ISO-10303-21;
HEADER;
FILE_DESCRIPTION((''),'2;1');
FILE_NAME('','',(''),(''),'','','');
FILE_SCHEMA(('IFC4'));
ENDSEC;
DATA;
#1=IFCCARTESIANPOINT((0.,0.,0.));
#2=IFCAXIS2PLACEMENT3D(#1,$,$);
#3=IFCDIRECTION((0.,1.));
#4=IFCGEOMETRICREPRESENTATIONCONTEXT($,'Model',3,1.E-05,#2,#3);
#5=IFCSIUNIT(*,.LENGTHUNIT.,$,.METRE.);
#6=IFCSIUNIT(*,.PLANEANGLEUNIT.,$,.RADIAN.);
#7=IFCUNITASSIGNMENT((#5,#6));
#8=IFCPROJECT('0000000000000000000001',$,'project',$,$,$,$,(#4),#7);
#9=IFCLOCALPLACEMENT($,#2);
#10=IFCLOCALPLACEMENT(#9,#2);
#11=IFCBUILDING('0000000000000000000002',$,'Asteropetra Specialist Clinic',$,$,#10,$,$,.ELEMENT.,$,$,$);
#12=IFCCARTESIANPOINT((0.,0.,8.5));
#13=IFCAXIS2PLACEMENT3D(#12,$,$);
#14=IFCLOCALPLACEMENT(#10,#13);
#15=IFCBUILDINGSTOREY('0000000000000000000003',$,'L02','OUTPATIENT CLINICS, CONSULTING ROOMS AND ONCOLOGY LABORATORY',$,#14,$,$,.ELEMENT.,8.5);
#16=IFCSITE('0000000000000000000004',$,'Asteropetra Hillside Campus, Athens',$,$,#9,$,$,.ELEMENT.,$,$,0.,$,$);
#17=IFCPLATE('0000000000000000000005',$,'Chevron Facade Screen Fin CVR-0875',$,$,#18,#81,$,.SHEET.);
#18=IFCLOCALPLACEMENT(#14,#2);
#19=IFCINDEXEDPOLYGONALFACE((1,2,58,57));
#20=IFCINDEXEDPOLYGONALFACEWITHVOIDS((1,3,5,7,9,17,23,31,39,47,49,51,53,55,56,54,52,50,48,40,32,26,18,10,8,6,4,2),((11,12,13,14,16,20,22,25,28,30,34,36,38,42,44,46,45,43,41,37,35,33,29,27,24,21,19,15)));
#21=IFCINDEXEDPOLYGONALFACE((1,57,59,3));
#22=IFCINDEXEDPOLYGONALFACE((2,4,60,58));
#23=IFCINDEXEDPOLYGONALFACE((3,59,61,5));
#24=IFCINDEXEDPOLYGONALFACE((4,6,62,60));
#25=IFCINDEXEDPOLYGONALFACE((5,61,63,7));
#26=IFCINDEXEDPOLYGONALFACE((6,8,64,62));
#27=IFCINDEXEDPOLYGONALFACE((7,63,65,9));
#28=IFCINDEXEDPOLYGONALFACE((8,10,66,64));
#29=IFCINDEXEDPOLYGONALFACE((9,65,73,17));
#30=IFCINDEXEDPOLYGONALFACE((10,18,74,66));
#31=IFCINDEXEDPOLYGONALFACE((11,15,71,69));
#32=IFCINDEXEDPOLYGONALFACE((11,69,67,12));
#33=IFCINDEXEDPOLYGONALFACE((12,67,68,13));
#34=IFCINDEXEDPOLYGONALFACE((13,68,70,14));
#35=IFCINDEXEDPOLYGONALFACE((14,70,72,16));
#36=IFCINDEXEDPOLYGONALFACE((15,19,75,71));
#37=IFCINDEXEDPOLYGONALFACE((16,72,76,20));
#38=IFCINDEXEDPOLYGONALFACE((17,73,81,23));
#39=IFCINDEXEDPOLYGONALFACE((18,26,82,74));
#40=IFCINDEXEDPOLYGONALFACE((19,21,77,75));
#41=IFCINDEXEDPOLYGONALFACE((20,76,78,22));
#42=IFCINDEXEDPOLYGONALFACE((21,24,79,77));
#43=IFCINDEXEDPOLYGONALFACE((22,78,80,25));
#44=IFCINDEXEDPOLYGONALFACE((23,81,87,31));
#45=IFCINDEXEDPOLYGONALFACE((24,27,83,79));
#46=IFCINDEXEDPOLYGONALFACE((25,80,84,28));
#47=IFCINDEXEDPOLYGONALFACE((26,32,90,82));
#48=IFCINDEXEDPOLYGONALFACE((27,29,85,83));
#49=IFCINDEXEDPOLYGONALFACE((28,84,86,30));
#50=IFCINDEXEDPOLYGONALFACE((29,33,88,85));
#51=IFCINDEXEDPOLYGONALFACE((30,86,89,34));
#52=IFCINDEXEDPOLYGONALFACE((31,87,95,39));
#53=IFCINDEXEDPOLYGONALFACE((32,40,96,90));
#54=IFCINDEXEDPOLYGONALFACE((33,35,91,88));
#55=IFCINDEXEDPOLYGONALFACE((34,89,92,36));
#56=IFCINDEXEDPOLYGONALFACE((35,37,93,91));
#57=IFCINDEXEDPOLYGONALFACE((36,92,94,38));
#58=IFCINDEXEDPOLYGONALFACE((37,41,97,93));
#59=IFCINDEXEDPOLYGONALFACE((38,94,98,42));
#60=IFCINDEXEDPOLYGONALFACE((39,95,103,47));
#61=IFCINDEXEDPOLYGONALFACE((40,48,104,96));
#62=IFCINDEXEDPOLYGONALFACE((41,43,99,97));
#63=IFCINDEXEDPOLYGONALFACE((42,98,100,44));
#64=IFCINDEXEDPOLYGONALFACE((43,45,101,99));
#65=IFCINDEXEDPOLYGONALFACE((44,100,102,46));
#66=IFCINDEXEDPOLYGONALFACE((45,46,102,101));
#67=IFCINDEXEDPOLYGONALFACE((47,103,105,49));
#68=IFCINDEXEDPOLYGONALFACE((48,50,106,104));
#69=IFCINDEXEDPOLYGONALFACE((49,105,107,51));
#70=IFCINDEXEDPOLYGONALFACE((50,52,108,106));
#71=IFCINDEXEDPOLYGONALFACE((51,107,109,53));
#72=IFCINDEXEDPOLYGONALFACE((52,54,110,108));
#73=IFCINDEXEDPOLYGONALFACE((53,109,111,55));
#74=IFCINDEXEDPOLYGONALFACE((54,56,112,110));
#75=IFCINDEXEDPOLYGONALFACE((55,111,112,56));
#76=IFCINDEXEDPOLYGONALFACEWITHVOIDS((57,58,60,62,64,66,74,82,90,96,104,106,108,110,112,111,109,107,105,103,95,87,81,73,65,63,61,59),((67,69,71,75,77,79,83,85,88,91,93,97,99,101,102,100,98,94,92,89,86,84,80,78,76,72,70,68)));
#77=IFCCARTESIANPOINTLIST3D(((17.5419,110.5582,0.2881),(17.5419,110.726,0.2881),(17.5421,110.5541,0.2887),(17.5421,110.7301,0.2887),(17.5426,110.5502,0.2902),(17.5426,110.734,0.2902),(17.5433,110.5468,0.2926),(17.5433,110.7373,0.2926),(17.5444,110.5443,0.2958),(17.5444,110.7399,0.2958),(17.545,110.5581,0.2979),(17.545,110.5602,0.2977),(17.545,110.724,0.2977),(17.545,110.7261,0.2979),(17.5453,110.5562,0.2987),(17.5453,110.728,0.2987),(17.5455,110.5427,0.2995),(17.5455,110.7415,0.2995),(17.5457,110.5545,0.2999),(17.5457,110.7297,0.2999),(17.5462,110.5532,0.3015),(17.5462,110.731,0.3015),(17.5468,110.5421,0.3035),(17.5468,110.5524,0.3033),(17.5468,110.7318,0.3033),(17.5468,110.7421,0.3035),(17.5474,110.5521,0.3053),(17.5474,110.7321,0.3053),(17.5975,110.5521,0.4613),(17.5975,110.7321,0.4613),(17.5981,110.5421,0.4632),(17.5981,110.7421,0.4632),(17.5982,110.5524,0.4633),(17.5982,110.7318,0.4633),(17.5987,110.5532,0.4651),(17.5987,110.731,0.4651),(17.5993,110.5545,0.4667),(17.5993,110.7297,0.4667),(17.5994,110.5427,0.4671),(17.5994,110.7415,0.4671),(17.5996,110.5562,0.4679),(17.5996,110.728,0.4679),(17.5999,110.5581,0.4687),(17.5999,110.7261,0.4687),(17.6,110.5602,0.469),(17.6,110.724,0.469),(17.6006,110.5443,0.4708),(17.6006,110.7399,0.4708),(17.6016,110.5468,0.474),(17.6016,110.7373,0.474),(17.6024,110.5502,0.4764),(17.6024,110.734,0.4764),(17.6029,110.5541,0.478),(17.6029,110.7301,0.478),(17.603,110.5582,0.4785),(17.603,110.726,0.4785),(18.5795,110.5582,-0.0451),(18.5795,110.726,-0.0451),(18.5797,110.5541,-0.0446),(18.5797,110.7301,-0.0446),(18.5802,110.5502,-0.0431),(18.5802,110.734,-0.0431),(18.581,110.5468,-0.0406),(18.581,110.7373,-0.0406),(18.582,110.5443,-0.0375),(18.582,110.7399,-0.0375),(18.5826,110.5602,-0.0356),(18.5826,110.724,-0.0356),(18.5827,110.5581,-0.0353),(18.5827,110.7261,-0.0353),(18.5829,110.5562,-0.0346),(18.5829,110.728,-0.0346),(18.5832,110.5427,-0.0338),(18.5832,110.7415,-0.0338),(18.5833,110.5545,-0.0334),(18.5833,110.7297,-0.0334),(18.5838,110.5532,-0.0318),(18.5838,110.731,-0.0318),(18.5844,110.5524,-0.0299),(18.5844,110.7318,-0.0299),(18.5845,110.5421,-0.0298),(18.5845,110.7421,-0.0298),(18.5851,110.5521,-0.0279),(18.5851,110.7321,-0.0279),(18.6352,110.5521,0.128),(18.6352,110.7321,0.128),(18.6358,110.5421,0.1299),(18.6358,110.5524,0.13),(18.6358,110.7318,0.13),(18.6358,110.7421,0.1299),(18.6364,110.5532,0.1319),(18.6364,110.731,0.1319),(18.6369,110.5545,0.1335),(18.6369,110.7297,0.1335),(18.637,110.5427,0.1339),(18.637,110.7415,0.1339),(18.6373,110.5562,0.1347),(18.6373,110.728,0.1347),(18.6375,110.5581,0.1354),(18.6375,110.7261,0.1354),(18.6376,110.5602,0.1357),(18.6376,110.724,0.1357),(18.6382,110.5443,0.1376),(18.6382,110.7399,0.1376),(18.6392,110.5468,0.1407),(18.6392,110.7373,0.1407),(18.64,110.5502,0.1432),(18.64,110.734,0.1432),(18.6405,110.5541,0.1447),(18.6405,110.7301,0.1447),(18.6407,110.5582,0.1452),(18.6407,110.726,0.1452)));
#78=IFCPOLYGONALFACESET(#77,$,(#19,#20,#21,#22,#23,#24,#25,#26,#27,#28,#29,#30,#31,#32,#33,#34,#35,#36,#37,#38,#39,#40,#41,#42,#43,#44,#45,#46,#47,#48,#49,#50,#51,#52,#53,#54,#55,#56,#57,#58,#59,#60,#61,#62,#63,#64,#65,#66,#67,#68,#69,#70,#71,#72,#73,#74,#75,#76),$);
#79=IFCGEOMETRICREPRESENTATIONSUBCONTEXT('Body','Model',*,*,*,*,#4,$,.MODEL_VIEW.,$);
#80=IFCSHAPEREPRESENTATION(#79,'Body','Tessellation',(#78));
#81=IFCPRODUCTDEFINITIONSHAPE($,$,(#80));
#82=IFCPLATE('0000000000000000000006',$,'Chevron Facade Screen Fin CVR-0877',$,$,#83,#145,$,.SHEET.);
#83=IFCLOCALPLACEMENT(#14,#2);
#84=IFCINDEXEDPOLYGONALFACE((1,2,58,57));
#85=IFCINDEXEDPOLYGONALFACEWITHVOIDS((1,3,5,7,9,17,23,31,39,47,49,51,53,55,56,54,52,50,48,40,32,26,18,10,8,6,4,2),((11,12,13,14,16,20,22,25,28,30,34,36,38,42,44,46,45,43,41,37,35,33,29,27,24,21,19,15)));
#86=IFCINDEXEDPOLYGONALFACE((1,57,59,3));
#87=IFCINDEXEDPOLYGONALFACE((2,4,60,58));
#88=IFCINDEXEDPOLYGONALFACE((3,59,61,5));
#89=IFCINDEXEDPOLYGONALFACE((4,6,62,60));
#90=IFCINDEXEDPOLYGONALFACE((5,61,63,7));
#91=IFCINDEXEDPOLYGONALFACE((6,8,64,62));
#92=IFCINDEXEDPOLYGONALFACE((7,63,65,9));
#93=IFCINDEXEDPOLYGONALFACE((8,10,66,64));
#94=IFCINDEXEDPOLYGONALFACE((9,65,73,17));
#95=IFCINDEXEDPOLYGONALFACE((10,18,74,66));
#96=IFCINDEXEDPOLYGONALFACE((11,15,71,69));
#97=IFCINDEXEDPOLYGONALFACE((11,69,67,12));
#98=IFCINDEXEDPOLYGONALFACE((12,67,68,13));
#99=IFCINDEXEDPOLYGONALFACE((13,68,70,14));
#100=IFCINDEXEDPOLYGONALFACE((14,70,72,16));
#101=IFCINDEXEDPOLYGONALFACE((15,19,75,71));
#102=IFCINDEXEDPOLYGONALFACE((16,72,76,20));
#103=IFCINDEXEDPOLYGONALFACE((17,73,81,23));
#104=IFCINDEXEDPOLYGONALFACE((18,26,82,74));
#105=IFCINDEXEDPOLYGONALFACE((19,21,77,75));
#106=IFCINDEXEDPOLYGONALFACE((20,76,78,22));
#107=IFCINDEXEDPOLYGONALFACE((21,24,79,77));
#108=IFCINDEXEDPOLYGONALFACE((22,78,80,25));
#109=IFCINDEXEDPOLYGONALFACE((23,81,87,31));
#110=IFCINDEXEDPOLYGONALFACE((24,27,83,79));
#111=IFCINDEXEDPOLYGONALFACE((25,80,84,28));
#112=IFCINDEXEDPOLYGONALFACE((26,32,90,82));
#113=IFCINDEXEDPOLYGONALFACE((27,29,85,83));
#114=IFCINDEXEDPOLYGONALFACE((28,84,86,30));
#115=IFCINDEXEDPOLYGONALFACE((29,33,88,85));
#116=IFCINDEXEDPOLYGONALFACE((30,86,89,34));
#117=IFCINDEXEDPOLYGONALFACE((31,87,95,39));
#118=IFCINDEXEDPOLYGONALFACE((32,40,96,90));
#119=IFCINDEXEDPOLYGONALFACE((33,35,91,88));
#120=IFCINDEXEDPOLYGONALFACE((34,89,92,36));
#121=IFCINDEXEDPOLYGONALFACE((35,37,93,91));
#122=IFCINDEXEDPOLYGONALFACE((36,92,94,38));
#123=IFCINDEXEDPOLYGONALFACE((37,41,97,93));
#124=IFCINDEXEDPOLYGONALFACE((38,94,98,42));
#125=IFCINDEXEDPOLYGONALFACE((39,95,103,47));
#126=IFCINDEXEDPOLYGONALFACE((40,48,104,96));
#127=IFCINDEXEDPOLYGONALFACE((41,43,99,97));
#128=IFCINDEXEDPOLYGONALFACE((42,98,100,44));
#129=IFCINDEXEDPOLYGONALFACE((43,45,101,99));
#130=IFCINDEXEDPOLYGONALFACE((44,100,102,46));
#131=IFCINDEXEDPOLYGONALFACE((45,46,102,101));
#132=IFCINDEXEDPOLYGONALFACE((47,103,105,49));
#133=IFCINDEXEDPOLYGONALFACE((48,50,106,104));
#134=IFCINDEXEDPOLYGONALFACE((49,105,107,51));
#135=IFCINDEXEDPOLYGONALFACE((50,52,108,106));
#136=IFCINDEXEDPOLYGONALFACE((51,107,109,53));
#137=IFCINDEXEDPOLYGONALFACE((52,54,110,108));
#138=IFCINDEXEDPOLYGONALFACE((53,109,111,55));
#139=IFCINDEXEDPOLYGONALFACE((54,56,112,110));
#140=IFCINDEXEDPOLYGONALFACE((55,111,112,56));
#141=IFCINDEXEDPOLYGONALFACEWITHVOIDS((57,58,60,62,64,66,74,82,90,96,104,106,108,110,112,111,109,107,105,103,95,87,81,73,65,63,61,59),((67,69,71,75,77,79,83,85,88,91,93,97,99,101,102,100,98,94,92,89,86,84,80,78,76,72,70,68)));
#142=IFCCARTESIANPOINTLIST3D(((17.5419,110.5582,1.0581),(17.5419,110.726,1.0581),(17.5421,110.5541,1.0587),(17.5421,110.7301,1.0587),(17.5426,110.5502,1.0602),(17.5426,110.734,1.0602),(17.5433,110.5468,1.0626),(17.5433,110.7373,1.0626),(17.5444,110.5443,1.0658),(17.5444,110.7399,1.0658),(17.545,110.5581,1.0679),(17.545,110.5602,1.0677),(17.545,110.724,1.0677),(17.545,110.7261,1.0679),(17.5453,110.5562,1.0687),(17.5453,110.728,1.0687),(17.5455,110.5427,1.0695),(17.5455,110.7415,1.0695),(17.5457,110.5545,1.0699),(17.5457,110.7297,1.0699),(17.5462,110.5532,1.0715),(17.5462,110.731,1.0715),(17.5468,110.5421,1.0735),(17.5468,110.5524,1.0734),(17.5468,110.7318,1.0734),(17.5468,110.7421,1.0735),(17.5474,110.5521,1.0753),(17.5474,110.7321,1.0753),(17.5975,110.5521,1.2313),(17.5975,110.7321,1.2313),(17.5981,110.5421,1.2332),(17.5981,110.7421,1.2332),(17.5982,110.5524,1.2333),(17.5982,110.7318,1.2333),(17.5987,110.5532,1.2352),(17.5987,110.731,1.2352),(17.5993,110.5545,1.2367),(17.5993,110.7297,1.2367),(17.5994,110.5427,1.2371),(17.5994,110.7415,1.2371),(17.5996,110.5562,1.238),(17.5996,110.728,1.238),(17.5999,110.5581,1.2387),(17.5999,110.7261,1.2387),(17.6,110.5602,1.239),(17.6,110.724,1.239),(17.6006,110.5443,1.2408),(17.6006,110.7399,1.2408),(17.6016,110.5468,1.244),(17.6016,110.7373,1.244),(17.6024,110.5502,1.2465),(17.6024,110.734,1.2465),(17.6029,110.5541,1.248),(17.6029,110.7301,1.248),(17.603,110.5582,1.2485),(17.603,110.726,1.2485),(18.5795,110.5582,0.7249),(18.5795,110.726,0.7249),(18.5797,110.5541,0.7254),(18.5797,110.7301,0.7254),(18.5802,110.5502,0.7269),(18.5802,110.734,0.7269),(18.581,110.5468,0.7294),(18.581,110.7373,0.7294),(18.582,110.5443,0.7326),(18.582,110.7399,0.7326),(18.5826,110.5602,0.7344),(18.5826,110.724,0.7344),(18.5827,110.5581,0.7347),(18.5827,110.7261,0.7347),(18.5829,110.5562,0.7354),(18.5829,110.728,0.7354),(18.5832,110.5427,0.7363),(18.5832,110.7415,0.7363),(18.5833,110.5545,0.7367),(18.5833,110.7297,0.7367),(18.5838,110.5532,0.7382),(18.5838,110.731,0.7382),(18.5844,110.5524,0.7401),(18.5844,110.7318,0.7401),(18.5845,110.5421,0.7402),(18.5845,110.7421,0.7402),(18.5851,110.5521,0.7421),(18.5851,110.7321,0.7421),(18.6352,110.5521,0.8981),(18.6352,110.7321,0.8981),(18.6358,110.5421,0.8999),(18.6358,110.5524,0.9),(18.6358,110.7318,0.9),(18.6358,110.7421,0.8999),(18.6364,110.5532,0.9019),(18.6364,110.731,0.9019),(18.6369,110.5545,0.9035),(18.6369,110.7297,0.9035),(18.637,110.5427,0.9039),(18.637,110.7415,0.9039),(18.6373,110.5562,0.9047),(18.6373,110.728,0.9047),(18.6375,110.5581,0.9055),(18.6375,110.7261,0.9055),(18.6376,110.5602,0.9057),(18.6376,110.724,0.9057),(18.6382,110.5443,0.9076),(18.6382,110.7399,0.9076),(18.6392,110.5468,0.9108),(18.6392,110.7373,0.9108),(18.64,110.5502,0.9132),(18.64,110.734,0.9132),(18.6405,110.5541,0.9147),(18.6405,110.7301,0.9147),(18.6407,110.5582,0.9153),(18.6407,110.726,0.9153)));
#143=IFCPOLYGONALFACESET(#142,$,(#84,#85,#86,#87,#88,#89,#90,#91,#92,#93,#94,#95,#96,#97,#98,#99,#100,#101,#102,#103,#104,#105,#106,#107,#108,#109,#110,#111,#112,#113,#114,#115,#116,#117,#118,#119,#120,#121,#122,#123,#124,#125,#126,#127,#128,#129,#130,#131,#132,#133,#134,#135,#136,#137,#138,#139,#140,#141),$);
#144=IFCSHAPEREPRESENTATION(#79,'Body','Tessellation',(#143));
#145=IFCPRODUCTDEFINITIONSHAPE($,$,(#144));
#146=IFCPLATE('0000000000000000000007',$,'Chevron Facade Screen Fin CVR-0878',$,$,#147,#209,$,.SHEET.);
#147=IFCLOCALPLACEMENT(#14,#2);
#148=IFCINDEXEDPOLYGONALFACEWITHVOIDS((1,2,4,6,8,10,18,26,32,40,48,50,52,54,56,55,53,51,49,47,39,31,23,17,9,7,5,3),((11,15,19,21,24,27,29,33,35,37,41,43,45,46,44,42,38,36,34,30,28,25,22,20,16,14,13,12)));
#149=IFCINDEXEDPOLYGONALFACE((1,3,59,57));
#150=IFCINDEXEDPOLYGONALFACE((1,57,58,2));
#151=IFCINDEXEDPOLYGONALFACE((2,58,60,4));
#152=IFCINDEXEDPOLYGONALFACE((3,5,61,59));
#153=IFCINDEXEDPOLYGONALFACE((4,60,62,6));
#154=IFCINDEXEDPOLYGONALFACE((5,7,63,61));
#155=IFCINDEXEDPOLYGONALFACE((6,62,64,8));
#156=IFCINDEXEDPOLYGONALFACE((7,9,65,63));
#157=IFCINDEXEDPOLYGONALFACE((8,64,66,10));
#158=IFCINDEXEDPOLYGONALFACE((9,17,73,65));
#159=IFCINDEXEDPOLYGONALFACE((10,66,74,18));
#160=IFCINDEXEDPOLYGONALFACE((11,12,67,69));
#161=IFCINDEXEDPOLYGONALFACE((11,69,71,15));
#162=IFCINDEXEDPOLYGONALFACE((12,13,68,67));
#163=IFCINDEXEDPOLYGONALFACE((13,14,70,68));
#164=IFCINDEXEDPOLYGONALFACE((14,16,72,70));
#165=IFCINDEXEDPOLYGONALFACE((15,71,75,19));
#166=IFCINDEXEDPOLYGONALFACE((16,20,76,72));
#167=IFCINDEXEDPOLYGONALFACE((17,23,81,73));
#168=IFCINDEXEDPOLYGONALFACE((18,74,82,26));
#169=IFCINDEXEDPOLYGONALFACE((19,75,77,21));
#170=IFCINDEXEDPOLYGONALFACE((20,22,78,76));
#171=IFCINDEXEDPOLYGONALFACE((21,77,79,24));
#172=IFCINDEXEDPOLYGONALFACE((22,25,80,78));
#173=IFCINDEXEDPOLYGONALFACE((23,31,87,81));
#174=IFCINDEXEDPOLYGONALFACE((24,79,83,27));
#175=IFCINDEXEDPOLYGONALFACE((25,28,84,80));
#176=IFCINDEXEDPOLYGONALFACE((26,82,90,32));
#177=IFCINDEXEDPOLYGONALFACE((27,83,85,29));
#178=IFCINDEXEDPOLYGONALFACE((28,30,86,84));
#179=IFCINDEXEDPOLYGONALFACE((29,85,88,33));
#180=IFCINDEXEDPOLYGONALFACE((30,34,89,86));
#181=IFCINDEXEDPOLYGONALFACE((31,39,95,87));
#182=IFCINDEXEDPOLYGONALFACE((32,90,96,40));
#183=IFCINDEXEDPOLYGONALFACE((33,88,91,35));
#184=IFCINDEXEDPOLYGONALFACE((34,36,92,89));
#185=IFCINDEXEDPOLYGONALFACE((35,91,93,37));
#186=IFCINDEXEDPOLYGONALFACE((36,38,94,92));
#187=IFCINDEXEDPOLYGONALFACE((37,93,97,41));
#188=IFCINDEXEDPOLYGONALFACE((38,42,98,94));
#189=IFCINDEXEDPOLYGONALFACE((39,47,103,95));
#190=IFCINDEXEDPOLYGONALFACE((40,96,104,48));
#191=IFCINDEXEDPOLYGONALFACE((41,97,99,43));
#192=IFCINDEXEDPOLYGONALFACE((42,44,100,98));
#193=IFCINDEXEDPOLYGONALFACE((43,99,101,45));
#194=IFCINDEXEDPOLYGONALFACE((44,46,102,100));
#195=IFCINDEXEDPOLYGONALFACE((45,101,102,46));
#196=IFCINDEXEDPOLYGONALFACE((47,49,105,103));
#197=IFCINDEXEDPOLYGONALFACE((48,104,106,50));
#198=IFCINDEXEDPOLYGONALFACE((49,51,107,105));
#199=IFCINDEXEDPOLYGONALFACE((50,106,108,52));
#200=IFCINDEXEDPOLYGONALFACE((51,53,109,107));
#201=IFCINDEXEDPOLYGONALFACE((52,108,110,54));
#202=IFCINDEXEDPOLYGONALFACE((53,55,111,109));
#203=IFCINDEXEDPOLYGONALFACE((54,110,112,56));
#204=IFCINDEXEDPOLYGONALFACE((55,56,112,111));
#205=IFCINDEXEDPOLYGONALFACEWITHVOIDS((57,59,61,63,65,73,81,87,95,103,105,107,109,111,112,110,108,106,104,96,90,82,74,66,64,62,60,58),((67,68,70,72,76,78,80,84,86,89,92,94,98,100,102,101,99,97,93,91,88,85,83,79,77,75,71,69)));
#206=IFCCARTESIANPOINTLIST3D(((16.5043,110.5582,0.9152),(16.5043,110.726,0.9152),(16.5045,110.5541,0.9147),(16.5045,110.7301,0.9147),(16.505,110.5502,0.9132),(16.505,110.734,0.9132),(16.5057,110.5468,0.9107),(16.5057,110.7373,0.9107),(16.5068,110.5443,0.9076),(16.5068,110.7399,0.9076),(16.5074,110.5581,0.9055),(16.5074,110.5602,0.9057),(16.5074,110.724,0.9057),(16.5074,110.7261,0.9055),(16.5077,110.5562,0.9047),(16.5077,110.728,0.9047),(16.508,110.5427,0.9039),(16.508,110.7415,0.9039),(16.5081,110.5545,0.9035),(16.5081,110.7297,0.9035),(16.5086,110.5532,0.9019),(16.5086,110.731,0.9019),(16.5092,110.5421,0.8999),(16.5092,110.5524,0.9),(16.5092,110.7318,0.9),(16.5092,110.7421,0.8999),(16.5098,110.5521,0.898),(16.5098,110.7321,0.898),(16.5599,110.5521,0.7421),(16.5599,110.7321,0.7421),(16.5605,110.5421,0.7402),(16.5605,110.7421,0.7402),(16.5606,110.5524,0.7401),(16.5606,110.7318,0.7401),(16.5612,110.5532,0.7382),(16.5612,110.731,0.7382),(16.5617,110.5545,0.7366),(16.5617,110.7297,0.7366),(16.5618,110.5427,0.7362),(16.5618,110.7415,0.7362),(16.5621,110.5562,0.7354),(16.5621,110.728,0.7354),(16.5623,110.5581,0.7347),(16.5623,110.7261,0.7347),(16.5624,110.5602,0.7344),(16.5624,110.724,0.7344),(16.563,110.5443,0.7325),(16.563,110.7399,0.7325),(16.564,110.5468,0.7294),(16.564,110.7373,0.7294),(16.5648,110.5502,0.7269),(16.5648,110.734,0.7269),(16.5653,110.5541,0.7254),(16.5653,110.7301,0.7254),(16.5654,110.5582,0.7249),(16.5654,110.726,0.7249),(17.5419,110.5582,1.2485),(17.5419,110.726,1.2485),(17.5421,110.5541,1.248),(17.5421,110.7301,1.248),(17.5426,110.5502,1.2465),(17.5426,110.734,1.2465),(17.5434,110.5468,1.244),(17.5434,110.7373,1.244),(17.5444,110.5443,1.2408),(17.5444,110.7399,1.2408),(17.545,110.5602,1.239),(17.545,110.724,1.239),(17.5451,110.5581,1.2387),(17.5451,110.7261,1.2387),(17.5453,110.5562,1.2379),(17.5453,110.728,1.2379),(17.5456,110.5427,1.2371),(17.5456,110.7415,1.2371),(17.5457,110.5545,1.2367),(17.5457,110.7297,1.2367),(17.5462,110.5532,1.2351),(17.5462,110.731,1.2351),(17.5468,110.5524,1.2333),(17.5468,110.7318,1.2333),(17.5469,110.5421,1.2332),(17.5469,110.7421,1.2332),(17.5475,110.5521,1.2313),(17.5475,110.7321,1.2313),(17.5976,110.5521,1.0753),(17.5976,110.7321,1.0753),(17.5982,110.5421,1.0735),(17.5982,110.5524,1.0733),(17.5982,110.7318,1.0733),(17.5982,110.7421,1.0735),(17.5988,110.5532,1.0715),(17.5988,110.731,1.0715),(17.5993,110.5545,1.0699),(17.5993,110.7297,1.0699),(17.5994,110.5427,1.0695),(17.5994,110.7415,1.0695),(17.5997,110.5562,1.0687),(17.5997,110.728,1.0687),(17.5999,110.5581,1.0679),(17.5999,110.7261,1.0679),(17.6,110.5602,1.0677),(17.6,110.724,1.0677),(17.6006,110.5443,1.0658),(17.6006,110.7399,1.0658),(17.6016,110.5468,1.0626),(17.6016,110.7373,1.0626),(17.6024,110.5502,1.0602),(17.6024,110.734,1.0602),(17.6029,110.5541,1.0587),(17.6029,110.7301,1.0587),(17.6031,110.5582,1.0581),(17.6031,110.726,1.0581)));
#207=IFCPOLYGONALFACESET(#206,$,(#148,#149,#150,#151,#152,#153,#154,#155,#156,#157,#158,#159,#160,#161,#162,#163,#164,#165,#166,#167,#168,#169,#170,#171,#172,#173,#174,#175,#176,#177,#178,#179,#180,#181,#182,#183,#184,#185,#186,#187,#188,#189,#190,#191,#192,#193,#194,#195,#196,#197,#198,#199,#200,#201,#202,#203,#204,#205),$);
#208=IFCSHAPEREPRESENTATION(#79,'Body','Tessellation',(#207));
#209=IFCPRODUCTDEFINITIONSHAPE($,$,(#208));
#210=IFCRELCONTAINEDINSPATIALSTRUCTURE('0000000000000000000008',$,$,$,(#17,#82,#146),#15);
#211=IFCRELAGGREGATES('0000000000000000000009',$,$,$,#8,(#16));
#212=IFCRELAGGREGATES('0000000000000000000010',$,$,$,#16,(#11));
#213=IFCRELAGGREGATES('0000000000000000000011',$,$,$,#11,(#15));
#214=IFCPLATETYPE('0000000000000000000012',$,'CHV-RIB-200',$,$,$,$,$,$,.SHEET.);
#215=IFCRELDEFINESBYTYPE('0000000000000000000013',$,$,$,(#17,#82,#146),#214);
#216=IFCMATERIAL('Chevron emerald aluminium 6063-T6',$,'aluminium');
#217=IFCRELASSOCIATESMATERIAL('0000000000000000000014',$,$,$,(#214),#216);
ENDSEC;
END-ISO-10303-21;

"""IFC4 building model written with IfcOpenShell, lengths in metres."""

from ifc_helpers import new_model, si_unit, direction, frame, origin, origin_2d, place, context, subcontext, project, spatial, hollow_rectangle, extrude, material, material_profile, profile_set, type_object, element, save


model = new_model("IFC4")

# Units and contexts
model_context = context("Model", 3, precision=1e-05, world=origin(), true_north=direction((0.0, 1.0)))
body_context = subcontext(model_context, "Body", "Model", "MODEL_VIEW")
ifc_project = project(units=[si_unit("LENGTHUNIT", "METRE"), si_unit("PLANEANGLEUNIT", "RADIAN")], contexts=[model_context])

# Site, building, storey
site_placement = place(None, origin())
site = spatial("IfcSite", under=ifc_project, at=site_placement, Name="Asteropetra Hillside Campus, Athens", CompositionType="ELEMENT", RefElevation=0.0)
building_placement = place(site_placement, origin())
building = spatial("IfcBuilding", under=site, at=building_placement, Name="Asteropetra Specialist Clinic", CompositionType="ELEMENT")
storey_placement = place(building_placement, frame((0.0, 0.0, 8.5)))
storey = spatial("IfcBuildingStorey", under=building, at=storey_placement, Name="L02", Description="OUTPATIENT CLINICS, CONSULTING ROOMS AND ONCOLOGY LABORATORY", CompositionType="ELEMENT", Elevation=8.5)

# Plates
ifc_material = material(Name="Chevron emerald aluminium 6063-T6", Category="aluminium")
ifc_material_profile = material_profile(ifc_material, hollow_rectangle(XDim=0.2, YDim=0.2, WallThickness=0.01, InnerFilletRadius=0.0081, OuterFilletRadius=0.0161, at=origin_2d()), Name="SHS 200x200x10.0")
ifc_profile_set = profile_set([ifc_material_profile], Name="Chevron emerald aluminium 6063-T6")
plate_type = type_object("IfcPlateType", Name="CHV-RIB-200", PredefinedType="SHEET", material=ifc_profile_set)
for number, where, z_axis, x_axis, name in (
    (1, (18.6101, 110.6421, 0.05), (-0.952098, 0.0, 0.305792), (0.0, -1.0, 0.0), "Chevron Facade Screen Fin CVR-0875"),
    (2, (18.6101, 110.6421, 0.8201), (-0.952098, 0.0, 0.305792), (0.0, -1.0, 0.0), "Chevron Facade Screen Fin CVR-0877"),
    (3, (17.5725, 110.6421, 1.1533), (-0.952098, 0.0, -0.305792), (0.0, -1.0, 0.0), "Chevron Facade Screen Fin CVR-0878"),
):
    element("IfcPlate", number, at=place(storey_placement, frame(where, z_axis=z_axis, x_axis=x_axis)), inside=storey, type_object=plate_type, Name=name, PredefinedType="SHEET", context=body_context, shape_type="SweptSolid", body=[
        extrude(hollow_rectangle(XDim=0.2, YDim=0.2, WallThickness=0.01, InnerFilletRadius=0.0081, OuterFilletRadius=0.0161, at=origin_2d()), origin(), (0.0, 0.0, 1.0), 1.0898),
    ])

save(model, "model.ifc")
